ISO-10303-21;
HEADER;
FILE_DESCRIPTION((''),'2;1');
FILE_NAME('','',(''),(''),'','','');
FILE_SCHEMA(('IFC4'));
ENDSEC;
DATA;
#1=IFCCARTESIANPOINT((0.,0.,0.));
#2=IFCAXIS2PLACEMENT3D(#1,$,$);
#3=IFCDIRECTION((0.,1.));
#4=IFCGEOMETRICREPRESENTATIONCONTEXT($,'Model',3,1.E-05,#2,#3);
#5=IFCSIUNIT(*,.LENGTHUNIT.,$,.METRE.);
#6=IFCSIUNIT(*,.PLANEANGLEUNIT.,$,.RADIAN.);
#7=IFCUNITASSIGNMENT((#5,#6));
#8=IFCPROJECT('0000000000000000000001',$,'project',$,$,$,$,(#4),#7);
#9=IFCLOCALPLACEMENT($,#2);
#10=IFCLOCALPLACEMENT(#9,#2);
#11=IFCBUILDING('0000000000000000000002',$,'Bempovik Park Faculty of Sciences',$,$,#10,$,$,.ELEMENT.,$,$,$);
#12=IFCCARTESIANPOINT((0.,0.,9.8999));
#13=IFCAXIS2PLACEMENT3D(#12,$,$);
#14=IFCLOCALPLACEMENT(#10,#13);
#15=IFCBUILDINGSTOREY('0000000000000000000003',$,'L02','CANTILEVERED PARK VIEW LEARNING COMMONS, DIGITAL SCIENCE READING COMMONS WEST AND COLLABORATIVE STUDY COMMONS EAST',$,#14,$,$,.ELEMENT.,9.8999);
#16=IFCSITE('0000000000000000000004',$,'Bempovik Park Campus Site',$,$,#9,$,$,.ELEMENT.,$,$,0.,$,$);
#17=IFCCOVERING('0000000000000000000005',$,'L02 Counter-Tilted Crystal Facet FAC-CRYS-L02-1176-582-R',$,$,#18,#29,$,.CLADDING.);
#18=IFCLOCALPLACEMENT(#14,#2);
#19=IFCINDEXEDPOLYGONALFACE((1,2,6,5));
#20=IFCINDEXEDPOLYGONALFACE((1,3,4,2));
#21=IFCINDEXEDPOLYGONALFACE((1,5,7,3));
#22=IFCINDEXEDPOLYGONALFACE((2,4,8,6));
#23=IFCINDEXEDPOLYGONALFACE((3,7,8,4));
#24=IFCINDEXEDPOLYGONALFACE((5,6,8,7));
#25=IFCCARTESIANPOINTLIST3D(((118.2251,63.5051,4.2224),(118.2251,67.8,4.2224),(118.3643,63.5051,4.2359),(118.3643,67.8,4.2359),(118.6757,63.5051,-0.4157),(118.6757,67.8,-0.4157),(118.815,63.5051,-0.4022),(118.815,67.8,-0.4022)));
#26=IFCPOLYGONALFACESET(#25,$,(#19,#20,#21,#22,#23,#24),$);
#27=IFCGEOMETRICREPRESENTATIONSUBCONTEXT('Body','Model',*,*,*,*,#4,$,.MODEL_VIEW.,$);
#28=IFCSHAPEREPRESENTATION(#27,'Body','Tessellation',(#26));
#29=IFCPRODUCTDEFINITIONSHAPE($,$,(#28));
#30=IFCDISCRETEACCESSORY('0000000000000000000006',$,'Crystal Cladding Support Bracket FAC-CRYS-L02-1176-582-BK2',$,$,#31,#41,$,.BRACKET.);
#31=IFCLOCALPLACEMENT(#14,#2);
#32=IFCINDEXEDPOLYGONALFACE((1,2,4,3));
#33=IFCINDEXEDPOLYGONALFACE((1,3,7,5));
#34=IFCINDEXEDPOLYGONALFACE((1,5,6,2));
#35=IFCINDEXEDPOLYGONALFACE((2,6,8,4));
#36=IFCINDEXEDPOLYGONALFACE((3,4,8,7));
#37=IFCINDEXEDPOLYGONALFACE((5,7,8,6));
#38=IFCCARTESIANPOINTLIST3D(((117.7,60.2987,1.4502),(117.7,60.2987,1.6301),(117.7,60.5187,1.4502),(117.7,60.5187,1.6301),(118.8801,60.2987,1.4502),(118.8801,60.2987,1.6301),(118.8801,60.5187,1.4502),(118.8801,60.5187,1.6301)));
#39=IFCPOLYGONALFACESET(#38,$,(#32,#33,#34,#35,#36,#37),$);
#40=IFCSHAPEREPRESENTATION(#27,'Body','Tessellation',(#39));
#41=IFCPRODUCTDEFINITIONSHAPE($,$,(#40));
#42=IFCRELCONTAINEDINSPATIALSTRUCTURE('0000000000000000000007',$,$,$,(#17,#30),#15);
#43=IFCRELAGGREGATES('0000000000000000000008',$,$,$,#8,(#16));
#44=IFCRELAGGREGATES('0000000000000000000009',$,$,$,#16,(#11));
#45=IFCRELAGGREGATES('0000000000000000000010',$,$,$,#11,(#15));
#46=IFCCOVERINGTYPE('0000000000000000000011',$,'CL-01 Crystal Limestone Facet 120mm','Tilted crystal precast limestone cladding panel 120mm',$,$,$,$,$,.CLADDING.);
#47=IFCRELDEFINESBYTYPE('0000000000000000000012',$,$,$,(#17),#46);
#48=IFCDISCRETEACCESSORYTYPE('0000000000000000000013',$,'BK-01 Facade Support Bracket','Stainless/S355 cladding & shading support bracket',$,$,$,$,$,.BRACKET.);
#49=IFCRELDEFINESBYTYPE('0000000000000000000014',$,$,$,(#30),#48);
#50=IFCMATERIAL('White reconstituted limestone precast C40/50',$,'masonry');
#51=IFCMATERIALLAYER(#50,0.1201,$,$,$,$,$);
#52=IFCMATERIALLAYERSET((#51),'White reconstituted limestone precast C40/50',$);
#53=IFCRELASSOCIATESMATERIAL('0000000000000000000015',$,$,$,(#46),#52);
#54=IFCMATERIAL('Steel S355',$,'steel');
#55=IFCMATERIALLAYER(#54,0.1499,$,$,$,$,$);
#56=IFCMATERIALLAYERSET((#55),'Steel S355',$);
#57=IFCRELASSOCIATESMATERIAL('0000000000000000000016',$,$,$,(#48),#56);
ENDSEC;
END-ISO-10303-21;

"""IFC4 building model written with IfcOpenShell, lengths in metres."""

from ifc_helpers import new_model, si_unit, direction, frame, origin, origin_2d, place, context, subcontext, project, spatial, rectangle, extrude, material, layer, layer_set, type_object, element, save


model = new_model("IFC4")

# Units and contexts
model_context = context("Model", 3, precision=1e-05, world=origin(), true_north=direction((0.0, 1.0)))
body_context = subcontext(model_context, "Body", "Model", "MODEL_VIEW")
ifc_project = project(units=[si_unit("LENGTHUNIT", "METRE"), si_unit("PLANEANGLEUNIT", "RADIAN")], contexts=[model_context])

# Site, building, storey
site_placement = place(None, origin())
site = spatial("IfcSite", under=ifc_project, at=site_placement, Name="Bempovik Park Campus Site", CompositionType="ELEMENT", RefElevation=0.0)
building_placement = place(site_placement, origin())
building = spatial("IfcBuilding", under=site, at=building_placement, Name="Bempovik Park Faculty of Sciences", CompositionType="ELEMENT")
storey_placement = place(building_placement, frame((0.0, 0.0, 9.8999)))
storey = spatial("IfcBuildingStorey", under=building, at=storey_placement, Name="L02", Description="CANTILEVERED PARK VIEW LEARNING COMMONS, DIGITAL SCIENCE READING COMMONS WEST AND COLLABORATIVE STUDY COMMONS EAST", CompositionType="ELEMENT", Elevation=9.8999)

# Covering
ifc_material_1 = material(Name="White reconstituted limestone precast C40/50", Category="masonry")
ifc_layer_1 = layer(ifc_material_1, 0.1201)
ifc_layer_set_1 = layer_set([ifc_layer_1], Name="White reconstituted limestone precast C40/50")
covering_type = type_object("IfcCoveringType", Name="CL-01 Crystal Limestone Facet 120mm", Description="Tilted crystal precast limestone cladding panel 120mm", PredefinedType="CLADDING", material=ifc_layer_set_1)
covering_1_placement = place(storey_placement, frame((118.7454, 65.6526, -0.4089), z_axis=(-0.096714, 0.0, 0.995312), x_axis=(0.0, 1.0, 0.0)))
element("IfcCovering", 1, at=covering_1_placement, inside=storey, type_object=covering_type, Name="L02 Counter-Tilted Crystal Facet FAC-CRYS-L02-1176-582-R", PredefinedType="CLADDING", context=body_context, shape_type="SweptSolid", body=[
    extrude(rectangle(XDim=4.2949, YDim=0.1399, at=origin_2d()), origin(), (0.0, 0.0, 1.0), 4.6599),
])

# Discrete accessory
ifc_material_2 = material(Name="Steel S355", Category="steel")
ifc_layer_2 = layer(ifc_material_2, 0.1499)
ifc_layer_set_2 = layer_set([ifc_layer_2], Name="Steel S355")
discrete_accessory_type = type_object("IfcDiscreteAccessoryType", Name="BK-01 Facade Support Bracket", Description="Stainless/S355 cladding & shading support bracket", PredefinedType="BRACKET", material=ifc_layer_set_2)
discrete_accessory_placement = place(storey_placement, frame((118.29, 60.4087, 1.4502), z_axis=(0.0, 0.0, 1.0), x_axis=(1.0, 0.0, 0.0)))
element("IfcDiscreteAccessory", 2, at=discrete_accessory_placement, inside=storey, type_object=discrete_accessory_type, Name="Crystal Cladding Support Bracket FAC-CRYS-L02-1176-582-BK2", PredefinedType="BRACKET", context=body_context, shape_type="SweptSolid", body=[
    extrude(rectangle(XDim=1.1802, YDim=0.22, at=origin_2d()), origin(), (0.0, 0.0, 1.0), 0.1799),
])

save(model, "model.ifc")
